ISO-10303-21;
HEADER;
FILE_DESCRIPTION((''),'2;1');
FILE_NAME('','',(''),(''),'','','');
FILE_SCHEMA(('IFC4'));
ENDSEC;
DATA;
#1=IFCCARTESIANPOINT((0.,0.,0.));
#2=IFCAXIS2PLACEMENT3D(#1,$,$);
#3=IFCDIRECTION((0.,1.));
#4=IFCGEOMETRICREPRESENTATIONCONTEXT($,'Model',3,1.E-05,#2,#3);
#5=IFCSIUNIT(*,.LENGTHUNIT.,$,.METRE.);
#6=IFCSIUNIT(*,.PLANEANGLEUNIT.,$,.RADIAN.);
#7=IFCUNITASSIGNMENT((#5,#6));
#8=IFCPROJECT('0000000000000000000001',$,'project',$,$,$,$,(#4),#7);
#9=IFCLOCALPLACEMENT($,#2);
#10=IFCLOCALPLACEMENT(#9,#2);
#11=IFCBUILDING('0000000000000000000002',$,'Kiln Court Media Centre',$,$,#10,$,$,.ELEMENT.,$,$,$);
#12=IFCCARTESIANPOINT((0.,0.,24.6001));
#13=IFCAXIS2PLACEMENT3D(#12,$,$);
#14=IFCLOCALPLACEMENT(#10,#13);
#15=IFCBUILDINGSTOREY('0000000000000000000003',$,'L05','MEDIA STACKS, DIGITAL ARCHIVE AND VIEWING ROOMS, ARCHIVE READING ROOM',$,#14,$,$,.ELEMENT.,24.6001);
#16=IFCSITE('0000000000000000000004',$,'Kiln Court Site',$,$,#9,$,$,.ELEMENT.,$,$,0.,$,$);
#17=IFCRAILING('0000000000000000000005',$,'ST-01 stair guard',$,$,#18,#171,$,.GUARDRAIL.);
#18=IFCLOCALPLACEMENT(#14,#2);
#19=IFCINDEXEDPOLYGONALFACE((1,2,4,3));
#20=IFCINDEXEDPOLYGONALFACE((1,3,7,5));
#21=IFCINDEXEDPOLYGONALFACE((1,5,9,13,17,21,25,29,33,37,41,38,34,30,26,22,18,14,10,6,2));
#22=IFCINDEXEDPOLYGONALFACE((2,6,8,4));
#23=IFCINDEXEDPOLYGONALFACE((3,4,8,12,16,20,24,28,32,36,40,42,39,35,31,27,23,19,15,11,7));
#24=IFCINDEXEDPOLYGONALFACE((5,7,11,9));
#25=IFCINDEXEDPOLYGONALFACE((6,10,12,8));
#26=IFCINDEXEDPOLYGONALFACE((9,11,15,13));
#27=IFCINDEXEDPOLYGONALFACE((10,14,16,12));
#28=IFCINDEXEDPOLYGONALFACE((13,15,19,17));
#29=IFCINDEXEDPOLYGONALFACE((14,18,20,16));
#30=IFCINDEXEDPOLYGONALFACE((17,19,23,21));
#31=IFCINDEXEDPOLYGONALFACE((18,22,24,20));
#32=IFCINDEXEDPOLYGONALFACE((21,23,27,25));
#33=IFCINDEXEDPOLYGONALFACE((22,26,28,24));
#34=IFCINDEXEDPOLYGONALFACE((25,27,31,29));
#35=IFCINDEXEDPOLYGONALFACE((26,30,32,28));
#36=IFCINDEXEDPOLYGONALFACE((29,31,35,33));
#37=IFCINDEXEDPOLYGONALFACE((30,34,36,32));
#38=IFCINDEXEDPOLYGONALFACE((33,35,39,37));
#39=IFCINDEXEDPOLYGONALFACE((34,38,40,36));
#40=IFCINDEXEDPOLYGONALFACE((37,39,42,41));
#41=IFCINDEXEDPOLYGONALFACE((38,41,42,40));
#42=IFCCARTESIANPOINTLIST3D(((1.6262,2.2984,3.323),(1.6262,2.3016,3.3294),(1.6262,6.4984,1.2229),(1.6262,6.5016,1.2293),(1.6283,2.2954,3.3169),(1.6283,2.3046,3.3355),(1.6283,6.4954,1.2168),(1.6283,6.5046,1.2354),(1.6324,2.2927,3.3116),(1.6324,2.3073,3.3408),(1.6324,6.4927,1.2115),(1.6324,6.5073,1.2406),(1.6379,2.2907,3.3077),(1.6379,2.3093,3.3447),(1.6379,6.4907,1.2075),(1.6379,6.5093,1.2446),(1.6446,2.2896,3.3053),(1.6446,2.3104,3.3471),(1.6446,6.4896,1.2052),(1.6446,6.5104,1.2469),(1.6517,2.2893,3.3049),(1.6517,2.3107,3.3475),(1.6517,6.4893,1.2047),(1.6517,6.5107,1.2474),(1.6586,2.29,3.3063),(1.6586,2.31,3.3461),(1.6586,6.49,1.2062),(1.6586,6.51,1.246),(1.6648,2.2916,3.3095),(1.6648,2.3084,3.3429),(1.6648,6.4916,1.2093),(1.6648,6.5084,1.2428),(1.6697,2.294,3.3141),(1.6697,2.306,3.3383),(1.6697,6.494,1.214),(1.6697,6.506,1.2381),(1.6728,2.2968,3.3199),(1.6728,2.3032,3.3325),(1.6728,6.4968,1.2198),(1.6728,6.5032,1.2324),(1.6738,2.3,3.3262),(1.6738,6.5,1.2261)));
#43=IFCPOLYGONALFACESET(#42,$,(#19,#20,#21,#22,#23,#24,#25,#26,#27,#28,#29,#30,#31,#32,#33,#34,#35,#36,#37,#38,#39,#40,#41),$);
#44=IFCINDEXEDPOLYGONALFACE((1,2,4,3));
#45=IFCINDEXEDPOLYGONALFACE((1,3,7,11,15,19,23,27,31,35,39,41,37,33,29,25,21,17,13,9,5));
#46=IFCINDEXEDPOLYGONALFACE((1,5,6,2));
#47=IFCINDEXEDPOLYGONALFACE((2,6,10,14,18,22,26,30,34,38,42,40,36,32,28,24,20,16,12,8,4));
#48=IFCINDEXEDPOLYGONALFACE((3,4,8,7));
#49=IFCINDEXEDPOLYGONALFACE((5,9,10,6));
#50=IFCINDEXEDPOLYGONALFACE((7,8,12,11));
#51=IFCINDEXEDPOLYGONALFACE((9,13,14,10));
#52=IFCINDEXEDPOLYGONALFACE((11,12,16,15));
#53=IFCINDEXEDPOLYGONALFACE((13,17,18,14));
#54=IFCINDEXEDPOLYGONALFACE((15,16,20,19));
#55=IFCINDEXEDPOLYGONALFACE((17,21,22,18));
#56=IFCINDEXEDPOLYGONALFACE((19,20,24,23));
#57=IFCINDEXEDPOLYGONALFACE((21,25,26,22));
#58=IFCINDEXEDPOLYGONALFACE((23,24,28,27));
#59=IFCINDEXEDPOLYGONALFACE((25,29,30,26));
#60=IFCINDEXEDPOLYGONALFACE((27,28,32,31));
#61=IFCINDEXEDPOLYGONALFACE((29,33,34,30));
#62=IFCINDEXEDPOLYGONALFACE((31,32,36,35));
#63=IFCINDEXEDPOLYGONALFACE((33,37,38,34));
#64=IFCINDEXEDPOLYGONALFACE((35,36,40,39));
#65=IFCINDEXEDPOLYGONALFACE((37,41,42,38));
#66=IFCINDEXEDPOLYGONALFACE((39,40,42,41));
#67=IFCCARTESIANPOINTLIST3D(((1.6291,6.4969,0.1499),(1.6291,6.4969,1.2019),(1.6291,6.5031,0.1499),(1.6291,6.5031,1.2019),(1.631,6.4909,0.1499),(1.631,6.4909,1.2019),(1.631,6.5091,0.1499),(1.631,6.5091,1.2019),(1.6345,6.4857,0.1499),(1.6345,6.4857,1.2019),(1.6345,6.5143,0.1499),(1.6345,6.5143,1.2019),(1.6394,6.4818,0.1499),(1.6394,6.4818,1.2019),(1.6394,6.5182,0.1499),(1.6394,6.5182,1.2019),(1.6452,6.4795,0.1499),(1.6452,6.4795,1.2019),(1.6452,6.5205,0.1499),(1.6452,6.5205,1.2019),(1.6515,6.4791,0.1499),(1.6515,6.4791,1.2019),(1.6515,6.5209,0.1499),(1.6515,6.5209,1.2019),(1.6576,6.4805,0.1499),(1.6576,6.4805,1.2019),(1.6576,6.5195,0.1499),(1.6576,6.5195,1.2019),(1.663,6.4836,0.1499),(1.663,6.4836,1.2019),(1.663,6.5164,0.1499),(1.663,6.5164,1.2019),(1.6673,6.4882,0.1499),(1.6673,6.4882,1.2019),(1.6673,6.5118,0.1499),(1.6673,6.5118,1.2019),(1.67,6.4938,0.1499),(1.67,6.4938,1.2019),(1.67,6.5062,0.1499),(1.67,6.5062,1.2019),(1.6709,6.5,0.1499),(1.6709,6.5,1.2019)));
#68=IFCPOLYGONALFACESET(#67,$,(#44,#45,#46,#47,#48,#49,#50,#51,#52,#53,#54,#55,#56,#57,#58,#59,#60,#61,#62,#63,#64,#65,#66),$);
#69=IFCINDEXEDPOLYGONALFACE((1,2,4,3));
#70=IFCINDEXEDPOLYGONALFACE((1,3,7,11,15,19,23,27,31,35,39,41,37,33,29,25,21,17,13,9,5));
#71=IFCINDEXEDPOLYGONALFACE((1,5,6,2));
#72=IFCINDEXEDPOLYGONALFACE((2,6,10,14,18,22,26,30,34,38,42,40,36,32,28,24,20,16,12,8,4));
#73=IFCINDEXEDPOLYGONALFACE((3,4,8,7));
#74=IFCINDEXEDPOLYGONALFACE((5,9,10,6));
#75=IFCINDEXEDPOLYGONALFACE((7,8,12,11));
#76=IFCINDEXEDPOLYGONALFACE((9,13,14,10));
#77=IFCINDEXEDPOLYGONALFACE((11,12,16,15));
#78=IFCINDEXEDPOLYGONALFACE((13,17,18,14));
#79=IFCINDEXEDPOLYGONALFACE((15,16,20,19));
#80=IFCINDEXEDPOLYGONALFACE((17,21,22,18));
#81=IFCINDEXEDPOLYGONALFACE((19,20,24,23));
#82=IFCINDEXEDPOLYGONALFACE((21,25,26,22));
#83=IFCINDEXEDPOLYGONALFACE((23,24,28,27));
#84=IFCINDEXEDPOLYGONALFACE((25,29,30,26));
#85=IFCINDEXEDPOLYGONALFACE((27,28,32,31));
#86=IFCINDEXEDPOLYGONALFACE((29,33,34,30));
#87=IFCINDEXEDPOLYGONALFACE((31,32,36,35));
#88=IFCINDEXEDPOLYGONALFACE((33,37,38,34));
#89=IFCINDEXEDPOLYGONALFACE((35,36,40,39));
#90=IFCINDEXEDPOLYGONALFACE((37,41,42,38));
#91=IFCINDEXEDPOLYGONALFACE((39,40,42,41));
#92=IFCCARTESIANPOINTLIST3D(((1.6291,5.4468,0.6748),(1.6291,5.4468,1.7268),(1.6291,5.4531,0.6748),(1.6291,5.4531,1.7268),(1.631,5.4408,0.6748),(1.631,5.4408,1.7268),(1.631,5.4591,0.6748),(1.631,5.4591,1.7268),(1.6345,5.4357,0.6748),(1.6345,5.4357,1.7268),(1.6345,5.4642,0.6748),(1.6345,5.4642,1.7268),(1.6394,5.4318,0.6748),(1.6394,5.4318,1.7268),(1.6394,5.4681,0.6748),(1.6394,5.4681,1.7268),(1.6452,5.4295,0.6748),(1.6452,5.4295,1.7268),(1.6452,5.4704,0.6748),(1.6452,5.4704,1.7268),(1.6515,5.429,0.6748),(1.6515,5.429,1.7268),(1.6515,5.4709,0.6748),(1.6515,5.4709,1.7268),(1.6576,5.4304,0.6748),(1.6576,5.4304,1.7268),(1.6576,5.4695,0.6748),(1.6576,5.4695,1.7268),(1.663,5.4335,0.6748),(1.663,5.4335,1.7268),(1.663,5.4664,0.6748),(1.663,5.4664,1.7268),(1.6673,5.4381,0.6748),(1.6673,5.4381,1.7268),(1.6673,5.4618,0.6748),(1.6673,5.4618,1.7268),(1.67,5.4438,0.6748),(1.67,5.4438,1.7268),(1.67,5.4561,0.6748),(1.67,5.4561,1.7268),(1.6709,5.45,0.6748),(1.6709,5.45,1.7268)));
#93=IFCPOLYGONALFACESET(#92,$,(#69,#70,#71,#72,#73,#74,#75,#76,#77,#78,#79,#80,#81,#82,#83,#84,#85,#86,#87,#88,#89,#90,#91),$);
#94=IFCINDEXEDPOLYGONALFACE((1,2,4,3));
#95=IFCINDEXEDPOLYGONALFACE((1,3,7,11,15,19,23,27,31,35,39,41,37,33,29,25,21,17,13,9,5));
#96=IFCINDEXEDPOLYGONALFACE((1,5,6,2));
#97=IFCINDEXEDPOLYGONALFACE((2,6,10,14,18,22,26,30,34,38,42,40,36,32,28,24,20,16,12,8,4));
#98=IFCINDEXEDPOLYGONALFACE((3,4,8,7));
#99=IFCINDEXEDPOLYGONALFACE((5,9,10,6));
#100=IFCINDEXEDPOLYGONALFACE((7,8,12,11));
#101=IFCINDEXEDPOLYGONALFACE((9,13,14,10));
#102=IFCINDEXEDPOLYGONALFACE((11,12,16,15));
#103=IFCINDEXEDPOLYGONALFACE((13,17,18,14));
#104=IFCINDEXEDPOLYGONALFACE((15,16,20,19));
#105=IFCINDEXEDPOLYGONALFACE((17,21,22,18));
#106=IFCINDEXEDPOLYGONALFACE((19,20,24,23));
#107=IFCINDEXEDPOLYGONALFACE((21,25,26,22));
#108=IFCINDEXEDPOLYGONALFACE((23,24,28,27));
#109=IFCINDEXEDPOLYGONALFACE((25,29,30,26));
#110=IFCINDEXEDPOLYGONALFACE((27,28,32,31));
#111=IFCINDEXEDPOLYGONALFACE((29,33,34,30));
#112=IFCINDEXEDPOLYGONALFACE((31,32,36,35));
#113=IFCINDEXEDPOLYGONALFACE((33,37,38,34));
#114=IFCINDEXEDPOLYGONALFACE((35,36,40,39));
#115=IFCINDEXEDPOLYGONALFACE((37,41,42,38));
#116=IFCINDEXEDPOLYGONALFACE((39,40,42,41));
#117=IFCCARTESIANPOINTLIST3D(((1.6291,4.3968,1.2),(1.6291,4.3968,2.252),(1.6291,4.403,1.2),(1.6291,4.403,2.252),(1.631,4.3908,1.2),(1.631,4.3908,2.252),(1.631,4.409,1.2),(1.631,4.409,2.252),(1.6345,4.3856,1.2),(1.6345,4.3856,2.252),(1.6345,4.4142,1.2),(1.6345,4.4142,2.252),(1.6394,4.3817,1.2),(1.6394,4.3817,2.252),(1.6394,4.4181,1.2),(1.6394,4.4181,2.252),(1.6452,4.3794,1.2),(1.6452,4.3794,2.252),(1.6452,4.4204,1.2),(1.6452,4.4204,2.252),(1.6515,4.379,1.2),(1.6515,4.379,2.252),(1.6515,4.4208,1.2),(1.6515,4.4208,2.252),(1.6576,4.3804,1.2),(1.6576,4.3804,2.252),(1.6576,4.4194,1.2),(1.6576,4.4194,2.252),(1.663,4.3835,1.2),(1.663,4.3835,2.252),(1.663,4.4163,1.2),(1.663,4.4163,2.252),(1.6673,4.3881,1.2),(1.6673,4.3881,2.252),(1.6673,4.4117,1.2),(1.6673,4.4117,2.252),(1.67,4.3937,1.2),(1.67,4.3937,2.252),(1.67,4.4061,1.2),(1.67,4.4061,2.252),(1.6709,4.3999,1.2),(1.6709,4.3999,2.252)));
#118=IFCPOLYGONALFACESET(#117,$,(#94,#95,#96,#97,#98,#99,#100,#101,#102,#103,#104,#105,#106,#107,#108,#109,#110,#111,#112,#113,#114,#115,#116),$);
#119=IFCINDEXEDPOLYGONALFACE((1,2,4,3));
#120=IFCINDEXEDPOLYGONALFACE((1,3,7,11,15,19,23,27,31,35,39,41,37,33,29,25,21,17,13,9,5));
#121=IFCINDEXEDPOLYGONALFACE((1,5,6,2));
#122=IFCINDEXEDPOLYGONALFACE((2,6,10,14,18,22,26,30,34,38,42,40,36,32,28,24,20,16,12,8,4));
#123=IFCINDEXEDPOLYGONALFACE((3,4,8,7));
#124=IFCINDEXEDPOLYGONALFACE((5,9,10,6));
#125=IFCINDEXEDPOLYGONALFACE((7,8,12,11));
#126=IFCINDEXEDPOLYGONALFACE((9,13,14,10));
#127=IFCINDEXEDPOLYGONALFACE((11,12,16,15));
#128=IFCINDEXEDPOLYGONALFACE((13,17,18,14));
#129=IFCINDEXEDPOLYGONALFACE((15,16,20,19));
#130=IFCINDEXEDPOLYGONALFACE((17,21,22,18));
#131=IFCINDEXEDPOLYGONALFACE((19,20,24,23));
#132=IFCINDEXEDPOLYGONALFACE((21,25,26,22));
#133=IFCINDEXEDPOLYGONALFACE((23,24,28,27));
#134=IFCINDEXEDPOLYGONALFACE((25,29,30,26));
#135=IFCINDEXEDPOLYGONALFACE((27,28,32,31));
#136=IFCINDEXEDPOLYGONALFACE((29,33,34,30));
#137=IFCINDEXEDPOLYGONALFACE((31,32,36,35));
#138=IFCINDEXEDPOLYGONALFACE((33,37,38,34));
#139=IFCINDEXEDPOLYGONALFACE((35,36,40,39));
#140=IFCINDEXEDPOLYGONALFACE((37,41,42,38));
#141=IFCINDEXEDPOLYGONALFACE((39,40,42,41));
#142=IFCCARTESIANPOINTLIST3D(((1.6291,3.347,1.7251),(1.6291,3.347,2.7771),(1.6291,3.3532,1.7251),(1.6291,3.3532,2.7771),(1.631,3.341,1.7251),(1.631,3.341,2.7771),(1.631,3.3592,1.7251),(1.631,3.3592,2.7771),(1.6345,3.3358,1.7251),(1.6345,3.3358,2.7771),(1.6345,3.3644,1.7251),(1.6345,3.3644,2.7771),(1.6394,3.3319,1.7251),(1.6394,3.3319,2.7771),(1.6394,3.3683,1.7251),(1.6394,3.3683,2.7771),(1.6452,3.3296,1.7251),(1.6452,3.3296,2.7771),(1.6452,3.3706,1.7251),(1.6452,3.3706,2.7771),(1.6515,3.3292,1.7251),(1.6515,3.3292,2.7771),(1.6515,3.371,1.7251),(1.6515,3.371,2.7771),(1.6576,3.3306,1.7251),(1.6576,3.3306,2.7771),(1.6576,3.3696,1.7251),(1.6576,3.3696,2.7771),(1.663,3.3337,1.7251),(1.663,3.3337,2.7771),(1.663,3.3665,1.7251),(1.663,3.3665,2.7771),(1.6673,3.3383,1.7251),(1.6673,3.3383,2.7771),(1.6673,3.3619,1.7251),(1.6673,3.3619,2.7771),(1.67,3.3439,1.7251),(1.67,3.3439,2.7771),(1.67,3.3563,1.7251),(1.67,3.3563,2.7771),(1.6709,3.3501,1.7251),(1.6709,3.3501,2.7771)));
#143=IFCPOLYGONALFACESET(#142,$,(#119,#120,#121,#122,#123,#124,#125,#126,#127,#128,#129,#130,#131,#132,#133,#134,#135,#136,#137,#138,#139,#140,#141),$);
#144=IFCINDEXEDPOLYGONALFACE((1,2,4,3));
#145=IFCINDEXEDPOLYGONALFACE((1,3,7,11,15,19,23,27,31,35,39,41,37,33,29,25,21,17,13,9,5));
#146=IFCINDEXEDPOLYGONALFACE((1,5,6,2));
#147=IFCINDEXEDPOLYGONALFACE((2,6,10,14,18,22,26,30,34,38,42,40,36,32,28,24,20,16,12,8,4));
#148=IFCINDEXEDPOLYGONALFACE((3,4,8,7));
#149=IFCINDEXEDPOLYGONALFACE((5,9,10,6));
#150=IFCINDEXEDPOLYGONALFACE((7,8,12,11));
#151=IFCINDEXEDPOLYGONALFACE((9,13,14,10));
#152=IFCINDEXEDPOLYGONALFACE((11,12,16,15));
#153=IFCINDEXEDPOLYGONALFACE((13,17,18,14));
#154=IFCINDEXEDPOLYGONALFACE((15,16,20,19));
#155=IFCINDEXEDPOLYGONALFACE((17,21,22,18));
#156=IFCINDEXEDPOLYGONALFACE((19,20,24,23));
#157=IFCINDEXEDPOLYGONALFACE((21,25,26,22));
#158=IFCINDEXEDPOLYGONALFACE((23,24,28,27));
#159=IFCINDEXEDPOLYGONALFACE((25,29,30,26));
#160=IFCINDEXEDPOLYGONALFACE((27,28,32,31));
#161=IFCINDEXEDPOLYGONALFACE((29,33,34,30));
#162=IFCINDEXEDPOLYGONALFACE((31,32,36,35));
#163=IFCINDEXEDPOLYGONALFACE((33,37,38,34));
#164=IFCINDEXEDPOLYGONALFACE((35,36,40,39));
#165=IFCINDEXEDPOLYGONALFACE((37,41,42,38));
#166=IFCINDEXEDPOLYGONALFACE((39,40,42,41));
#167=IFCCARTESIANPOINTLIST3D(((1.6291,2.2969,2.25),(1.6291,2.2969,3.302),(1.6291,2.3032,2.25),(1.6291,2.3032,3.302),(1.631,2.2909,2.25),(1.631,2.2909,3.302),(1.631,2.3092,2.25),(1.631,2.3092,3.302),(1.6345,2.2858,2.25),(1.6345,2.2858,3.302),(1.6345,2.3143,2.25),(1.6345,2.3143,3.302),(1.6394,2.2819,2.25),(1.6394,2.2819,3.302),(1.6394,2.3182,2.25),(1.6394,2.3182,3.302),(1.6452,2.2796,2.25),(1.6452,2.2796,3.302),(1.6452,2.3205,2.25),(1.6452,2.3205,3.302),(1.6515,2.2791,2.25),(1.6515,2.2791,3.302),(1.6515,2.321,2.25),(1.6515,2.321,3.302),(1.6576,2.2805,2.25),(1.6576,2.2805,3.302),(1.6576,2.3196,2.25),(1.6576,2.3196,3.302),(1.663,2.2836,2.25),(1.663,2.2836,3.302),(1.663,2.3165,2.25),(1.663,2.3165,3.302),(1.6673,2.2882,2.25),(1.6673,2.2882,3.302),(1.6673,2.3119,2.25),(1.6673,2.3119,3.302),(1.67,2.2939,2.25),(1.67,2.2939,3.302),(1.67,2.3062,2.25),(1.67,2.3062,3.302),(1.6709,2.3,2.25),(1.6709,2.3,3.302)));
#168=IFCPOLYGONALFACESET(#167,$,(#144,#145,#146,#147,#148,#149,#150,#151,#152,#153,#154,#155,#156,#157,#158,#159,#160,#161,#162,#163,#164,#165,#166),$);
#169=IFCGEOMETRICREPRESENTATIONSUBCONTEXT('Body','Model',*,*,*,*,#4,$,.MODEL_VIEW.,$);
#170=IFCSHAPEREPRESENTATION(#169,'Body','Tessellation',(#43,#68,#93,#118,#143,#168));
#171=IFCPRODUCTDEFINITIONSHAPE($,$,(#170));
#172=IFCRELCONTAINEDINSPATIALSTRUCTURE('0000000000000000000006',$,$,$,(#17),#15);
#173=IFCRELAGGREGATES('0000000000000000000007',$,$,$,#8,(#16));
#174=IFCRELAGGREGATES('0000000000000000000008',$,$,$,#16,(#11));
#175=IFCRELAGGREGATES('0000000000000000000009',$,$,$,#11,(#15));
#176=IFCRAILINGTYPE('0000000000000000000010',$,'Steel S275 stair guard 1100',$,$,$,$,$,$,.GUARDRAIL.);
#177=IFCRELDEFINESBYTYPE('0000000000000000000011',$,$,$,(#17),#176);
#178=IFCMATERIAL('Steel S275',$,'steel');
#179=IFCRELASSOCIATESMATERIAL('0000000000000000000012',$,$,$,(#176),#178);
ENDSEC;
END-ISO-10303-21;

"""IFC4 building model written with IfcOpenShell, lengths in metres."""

from ifc_helpers import new_model, si_unit, direction, frame, origin, origin_2d, place, context, subcontext, project, spatial, circle, extrude, material, type_object, element, save


model = new_model("IFC4")

# Units and contexts
model_context = context("Model", 3, precision=1e-05, world=origin(), true_north=direction((0.0, 1.0)))
body_context = subcontext(model_context, "Body", "Model", "MODEL_VIEW")
ifc_project = project(units=[si_unit("LENGTHUNIT", "METRE"), si_unit("PLANEANGLEUNIT", "RADIAN")], contexts=[model_context])

# Site, building, storey
site_placement = place(None, origin())
site = spatial("IfcSite", under=ifc_project, at=site_placement, Name="Kiln Court Site", CompositionType="ELEMENT", RefElevation=0.0)
building_placement = place(site_placement, origin())
building = spatial("IfcBuilding", under=site, at=building_placement, Name="Kiln Court Media Centre", CompositionType="ELEMENT")
storey_placement = place(building_placement, frame((0.0, 0.0, 24.6001)))
storey = spatial("IfcBuildingStorey", under=building, at=storey_placement, Name="L05", Description="MEDIA STACKS, DIGITAL ARCHIVE AND VIEWING ROOMS, ARCHIVE READING ROOM", CompositionType="ELEMENT", Elevation=24.6001)

# Railing
ifc_material_1 = material(Name="Steel S275", Category="steel")
railing_type = type_object("IfcRailingType", Name="Steel S275 stair guard 1100", PredefinedType="GUARDRAIL", material=ifc_material_1)
railing_1_placement = place(storey_placement, frame((1.6499, 6.5, 0.1499)))
element("IfcRailing", 1, at=railing_1_placement, inside=storey, type_object=railing_type, Name="ST-01 stair guard", PredefinedType="GUARDRAIL", context=body_context, shape_type="SweptSolid", body=[
    extrude(circle(Radius=0.0239, at=origin_2d()), frame((0.0, 0.0, 1.0762), z_axis=(0.0, -0.894417, 0.447234), x_axis=(1.0, 0.0, 0.0)), (0.0, 0.0, 1.0), 4.6958),
    extrude(circle(Radius=0.021, at=origin_2d()), origin(), (0.0, 0.0, 1.0), 1.052),
    extrude(circle(Radius=0.021, at=origin_2d()), frame((0.0, -1.05, 0.5249)), (0.0, 0.0, 1.0), 1.052),
    extrude(circle(Radius=0.021, at=origin_2d()), frame((0.0, -2.1001, 1.05)), (0.0, 0.0, 1.0), 1.052),
    extrude(circle(Radius=0.021, at=origin_2d()), frame((0.0, -3.1499, 1.5752)), (0.0, 0.0, 1.0), 1.052),
    extrude(circle(Radius=0.021, at=origin_2d()), frame((0.0, -4.2, 2.1001)), (0.0, 0.0, 1.0), 1.052),
])

save(model, "model.ifc")
